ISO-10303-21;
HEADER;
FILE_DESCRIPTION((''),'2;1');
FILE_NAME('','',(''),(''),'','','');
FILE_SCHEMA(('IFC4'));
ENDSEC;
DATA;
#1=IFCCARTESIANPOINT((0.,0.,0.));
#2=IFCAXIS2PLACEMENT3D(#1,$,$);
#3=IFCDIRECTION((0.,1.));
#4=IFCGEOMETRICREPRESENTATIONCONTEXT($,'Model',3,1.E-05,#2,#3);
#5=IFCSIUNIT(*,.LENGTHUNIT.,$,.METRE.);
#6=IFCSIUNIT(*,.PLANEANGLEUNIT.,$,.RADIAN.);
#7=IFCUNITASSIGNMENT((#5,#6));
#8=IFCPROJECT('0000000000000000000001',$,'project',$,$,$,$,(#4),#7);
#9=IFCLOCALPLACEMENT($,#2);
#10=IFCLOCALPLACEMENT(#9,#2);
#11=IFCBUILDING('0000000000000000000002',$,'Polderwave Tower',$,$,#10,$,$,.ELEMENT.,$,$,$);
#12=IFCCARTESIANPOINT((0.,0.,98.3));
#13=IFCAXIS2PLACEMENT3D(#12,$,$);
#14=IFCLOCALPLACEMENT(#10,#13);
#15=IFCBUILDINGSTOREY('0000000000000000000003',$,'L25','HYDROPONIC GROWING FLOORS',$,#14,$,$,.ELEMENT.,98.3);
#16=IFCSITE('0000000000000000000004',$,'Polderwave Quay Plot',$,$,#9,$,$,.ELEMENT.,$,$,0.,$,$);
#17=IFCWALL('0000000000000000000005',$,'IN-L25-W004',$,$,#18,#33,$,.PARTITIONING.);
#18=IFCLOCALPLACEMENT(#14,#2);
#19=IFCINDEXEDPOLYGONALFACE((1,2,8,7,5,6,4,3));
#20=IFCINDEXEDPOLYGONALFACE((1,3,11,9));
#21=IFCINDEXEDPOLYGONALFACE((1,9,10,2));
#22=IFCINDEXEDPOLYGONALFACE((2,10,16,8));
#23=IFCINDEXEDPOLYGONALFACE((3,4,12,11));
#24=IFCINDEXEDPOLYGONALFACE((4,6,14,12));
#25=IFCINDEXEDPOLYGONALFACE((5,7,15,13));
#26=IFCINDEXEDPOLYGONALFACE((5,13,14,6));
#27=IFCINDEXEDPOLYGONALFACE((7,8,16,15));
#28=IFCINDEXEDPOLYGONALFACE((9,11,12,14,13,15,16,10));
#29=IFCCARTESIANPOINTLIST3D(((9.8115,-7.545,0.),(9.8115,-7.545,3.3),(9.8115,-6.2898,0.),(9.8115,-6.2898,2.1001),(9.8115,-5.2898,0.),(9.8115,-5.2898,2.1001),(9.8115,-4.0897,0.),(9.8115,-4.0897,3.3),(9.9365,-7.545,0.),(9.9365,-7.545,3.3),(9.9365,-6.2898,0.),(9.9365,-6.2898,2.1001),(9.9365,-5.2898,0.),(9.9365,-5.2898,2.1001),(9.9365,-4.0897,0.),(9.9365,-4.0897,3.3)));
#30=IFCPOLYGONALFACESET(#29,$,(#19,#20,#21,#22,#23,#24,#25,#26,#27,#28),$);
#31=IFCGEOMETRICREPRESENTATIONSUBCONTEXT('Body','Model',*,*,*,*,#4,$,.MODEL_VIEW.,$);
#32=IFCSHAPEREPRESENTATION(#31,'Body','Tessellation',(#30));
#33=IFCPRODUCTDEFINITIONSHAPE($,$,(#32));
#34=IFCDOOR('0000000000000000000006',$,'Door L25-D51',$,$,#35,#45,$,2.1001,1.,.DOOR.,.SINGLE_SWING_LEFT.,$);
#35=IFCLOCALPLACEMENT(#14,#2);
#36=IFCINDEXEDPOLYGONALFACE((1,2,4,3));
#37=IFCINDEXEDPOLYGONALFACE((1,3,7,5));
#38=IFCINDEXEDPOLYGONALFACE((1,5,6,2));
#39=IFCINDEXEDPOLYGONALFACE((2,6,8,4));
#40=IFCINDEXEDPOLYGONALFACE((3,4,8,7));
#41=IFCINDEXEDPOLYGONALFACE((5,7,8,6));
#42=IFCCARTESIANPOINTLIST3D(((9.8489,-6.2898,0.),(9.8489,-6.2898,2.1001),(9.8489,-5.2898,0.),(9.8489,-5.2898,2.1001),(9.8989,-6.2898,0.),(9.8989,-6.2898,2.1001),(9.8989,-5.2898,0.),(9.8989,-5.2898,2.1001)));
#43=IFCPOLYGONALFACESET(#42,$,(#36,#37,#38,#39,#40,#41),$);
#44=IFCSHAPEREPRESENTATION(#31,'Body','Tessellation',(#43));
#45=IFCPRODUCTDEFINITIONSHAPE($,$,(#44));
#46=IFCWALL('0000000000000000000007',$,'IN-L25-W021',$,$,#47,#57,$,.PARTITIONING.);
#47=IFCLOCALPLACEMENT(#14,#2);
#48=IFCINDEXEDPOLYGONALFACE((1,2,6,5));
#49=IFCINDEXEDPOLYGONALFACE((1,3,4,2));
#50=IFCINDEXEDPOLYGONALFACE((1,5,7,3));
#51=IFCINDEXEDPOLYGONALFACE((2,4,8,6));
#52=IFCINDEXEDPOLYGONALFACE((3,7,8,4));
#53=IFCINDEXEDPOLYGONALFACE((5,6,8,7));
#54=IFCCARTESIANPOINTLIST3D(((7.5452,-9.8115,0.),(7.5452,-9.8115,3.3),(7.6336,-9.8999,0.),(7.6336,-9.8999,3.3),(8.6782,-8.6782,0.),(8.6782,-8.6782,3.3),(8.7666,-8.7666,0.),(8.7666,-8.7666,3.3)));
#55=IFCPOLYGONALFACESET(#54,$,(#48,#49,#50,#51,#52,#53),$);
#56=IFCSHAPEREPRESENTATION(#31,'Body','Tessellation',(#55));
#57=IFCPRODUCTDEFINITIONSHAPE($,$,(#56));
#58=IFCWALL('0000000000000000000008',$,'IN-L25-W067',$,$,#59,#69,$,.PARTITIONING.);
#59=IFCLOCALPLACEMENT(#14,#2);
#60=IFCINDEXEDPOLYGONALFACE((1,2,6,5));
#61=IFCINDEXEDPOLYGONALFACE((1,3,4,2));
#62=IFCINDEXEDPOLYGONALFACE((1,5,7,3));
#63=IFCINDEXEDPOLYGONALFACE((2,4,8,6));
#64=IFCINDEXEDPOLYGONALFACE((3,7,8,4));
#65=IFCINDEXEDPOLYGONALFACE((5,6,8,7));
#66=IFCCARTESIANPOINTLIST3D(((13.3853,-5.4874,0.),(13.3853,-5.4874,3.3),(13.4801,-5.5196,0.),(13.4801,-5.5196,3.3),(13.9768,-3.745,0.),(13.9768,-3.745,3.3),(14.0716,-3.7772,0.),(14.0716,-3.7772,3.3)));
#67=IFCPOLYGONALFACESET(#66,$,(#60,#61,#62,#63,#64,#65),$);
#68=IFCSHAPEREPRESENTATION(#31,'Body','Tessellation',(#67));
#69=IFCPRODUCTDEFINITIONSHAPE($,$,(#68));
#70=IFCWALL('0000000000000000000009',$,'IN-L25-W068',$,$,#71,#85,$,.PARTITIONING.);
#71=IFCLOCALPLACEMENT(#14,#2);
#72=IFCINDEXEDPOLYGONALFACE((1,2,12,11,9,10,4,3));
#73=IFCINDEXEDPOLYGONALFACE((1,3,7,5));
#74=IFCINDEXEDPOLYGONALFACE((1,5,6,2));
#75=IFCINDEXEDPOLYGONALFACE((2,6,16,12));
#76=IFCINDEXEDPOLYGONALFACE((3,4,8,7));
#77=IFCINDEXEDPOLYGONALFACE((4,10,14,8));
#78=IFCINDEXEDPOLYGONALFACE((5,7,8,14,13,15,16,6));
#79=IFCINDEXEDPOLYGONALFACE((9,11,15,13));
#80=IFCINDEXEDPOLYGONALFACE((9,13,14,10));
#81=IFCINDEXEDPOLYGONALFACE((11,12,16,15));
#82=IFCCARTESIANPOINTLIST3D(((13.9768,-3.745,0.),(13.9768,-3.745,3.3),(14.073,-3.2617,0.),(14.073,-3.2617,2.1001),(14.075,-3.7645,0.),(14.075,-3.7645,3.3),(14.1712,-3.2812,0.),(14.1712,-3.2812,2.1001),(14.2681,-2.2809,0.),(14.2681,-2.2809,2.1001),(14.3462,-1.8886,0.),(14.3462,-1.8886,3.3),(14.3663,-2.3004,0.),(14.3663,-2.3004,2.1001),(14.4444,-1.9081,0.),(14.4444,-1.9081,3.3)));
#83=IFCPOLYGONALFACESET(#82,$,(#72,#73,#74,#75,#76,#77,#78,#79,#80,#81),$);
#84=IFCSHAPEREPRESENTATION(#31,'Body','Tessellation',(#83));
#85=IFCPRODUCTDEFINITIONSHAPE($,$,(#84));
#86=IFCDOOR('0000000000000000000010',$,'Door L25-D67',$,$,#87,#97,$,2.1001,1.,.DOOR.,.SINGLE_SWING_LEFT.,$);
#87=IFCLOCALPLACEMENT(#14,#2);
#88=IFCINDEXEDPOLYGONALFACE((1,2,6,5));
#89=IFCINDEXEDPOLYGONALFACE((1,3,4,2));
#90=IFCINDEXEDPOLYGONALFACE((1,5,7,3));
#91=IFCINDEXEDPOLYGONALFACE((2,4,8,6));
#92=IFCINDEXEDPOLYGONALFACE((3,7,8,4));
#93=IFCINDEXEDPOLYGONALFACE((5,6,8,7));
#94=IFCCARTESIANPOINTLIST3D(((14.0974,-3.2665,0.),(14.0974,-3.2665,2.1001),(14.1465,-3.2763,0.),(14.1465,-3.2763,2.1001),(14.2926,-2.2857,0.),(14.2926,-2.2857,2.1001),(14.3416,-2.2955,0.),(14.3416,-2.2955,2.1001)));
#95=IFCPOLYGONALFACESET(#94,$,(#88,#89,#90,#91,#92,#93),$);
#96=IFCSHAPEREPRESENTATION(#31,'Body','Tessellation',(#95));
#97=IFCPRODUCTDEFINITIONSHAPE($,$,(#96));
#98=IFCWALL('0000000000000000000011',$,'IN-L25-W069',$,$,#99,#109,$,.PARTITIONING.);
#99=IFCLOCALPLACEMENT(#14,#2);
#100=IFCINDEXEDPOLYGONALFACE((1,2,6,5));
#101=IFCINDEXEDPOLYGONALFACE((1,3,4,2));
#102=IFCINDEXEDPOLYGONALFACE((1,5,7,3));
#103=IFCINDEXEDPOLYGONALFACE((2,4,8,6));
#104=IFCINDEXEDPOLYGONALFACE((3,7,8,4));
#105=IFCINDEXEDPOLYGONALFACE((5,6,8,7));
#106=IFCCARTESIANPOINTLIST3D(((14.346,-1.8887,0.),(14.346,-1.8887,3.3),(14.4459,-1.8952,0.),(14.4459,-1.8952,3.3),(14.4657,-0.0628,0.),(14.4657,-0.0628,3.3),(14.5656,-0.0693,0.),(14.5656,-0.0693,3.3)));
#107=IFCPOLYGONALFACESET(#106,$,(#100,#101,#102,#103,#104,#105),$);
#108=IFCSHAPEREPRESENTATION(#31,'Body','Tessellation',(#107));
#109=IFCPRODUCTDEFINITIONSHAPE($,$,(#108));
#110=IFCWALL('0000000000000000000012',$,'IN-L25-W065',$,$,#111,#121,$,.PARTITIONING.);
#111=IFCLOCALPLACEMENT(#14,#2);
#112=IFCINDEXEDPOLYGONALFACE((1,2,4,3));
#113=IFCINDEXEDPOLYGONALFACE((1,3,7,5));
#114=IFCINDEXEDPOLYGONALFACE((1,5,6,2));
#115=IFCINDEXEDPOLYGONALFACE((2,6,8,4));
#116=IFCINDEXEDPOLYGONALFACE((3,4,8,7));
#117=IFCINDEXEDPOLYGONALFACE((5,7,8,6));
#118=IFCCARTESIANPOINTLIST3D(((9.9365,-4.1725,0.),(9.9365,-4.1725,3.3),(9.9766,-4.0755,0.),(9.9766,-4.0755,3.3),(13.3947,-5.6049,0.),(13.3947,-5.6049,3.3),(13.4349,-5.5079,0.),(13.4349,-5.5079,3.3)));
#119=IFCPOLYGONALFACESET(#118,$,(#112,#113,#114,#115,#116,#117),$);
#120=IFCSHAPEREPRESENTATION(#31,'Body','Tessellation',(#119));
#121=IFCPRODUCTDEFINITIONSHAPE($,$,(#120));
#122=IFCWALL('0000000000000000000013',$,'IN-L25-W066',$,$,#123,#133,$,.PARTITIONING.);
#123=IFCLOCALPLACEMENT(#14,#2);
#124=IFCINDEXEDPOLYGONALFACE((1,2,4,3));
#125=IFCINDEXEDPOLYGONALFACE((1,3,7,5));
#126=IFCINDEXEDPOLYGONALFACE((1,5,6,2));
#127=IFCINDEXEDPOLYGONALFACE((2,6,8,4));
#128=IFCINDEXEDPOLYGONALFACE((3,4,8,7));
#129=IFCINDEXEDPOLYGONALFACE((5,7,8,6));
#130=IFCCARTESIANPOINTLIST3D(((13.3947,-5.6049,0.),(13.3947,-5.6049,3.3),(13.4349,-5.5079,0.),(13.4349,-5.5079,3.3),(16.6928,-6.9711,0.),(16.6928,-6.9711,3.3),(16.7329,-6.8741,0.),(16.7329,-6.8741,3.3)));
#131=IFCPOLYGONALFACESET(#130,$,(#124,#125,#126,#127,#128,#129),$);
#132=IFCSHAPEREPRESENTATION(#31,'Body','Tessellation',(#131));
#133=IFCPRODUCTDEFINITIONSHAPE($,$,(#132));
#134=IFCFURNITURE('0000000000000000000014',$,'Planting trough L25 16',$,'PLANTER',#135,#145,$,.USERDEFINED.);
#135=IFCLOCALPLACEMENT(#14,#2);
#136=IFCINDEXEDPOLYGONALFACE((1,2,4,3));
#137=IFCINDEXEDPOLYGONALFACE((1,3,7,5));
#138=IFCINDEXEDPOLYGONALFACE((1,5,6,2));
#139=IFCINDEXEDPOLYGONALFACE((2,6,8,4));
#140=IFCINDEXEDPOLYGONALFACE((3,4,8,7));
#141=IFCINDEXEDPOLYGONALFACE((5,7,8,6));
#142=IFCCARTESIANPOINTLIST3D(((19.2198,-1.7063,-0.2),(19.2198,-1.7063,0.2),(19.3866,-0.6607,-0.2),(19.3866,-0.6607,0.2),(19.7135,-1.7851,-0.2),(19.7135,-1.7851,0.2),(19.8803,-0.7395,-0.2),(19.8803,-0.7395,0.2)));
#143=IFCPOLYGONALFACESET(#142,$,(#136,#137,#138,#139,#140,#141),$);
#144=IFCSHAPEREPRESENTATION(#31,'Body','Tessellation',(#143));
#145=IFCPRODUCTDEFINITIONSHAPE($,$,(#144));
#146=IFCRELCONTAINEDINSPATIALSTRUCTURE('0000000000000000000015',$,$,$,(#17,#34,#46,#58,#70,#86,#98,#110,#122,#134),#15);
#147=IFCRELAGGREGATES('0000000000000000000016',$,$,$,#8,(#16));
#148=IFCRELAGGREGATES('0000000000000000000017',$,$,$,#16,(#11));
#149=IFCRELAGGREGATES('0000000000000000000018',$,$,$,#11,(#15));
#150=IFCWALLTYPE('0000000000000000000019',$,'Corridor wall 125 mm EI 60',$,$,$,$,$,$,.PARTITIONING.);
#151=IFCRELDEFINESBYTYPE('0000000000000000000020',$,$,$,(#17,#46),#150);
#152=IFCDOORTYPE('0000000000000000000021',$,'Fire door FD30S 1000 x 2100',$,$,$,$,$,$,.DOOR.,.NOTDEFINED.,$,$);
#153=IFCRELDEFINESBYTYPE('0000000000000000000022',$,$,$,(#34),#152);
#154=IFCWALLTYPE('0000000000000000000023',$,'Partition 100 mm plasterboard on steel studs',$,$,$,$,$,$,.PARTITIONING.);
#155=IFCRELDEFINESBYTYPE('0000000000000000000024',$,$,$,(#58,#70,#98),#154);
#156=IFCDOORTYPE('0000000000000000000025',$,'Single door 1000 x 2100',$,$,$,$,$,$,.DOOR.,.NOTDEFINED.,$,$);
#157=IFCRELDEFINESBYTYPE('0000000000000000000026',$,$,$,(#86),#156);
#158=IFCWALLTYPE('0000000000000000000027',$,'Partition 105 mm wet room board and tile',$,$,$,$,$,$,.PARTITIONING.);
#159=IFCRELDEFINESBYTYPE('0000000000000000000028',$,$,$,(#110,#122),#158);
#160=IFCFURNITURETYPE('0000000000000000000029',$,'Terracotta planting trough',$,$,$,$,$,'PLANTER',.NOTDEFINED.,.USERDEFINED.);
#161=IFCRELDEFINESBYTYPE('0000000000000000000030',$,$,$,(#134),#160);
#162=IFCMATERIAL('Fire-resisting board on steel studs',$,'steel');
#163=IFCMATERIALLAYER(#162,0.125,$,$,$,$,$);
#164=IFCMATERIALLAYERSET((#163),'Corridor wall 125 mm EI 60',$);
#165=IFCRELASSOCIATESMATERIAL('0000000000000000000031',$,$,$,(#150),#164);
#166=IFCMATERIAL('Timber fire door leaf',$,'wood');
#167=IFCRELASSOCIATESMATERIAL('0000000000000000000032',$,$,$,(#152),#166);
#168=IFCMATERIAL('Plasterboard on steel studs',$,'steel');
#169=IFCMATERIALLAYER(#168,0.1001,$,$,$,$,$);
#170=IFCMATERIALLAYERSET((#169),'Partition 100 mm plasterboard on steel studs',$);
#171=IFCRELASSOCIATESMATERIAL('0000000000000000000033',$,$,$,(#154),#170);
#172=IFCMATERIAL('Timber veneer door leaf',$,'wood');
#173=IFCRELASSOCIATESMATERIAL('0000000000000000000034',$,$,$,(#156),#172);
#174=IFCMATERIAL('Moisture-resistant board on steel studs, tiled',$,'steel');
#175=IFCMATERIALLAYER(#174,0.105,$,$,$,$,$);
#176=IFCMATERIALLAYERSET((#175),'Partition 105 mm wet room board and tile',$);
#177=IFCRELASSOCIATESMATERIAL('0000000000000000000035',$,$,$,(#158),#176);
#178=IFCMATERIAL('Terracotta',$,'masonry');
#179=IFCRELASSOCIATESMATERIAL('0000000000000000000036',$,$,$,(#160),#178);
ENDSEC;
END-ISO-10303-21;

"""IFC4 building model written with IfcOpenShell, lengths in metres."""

from ifc_helpers import new_model, si_unit, direction, frame, frame_2d, origin, origin_2d, place, context, subcontext, project, spatial, rectangle, extrude, material, layer, layer_set, type_object, element, fill, save


model = new_model("IFC4")

# Units and contexts
model_context = context("Model", 3, precision=1e-05, world=origin(), true_north=direction((0.0, 1.0)))
body_context = subcontext(model_context, "Body", "Model", "MODEL_VIEW")
ifc_project = project(units=[si_unit("LENGTHUNIT", "METRE"), si_unit("PLANEANGLEUNIT", "RADIAN")], contexts=[model_context])

# Site, building, storey
site_placement = place(None, origin())
site = spatial("IfcSite", under=ifc_project, at=site_placement, Name="Polderwave Quay Plot", CompositionType="ELEMENT", RefElevation=0.0)
building_placement = place(site_placement, origin())
building = spatial("IfcBuilding", under=site, at=building_placement, Name="Polderwave Tower", CompositionType="ELEMENT")
storey_placement = place(building_placement, frame((0.0, 0.0, 98.3)))
storey = spatial("IfcBuildingStorey", under=building, at=storey_placement, Name="L25", Description="HYDROPONIC GROWING FLOORS", CompositionType="ELEMENT", Elevation=98.3)

# Shared definitions
ifc_material_1 = material(Name="Fire-resisting board on steel studs", Category="steel")
ifc_layer_1 = layer(ifc_material_1, 0.125)
ifc_layer_set_1 = layer_set([ifc_layer_1], Name="Corridor wall 125 mm EI 60")
wall_type_1 = type_object("IfcWallType", Name="Corridor wall 125 mm EI 60", PredefinedType="PARTITIONING", material=ifc_layer_set_1)

# Wall, opening, door
wall_1_placement = place(storey_placement, frame((9.874, -4.0898, 0.0), z_axis=(0.0, 0.0, 1.0), x_axis=(0.0, -1.0, 0.0)))
wall_1 = element("IfcWall", 1, at=wall_1_placement, inside=storey, type_object=wall_type_1, Name="IN-L25-W004", PredefinedType="PARTITIONING", context=body_context, shape_type="SweptSolid", body=[
    extrude(rectangle(XDim=3.4553, YDim=0.125, at=frame_2d((1.7275, 0.0))), origin(), (0.0, 0.0, 1.0), 3.3),
])
opening_1_placement = place(wall_1_placement, frame((1.2, 0.0, 0.0)))
opening_1 = element("IfcOpeningElement", 2, at=opening_1_placement, cuts=wall_1, PredefinedType="OPENING", context=body_context, shape_type="SweptSolid", body=[
    extrude(rectangle(XDim=1.0, YDim=2.1001, at=frame_2d((0.5, 1.05))), frame((0.0, 0.0725, 0.0), z_axis=(0.0, -1.0, 0.0), x_axis=(1.0, 0.0, 0.0)), (0.0, 0.0, 1.0), 0.145),
])
ifc_material_2 = material(Name="Timber fire door leaf", Category="wood")
door_type_1 = type_object("IfcDoorType", Name="Fire door FD30S 1000 x 2100", OperationType="NOTDEFINED", PredefinedType="DOOR", material=ifc_material_2)
door_1_placement = place(opening_1_placement, origin())
door_1 = element("IfcDoor", 3, at=door_1_placement, inside=storey, type_object=door_type_1, Name="Door L25-D51", OperationType="SINGLE_SWING_LEFT", OverallHeight=2.1001, OverallWidth=1.0, PredefinedType="DOOR", context=body_context, shape_type="SweptSolid", body=[
    extrude(rectangle(XDim=1.0, YDim=2.1001, at=frame_2d((0.5, 1.05))), frame((0.0, 0.0249, 0.0), z_axis=(0.0, -1.0, 0.0), x_axis=(1.0, 0.0, 0.0)), (0.0, 0.0, 1.0), 0.05),
])
fill(opening_1, door_1)

# Walls
wall_2_placement = place(storey_placement, frame((8.7224, -8.7224, 0.0), z_axis=(0.0, 0.0, 1.0), x_axis=(-0.707031, -0.707183, 0.0)))
element("IfcWall", 4, at=wall_2_placement, inside=storey, type_object=wall_type_1, Name="IN-L25-W021", PredefinedType="PARTITIONING", context=body_context, shape_type="SweptSolid", body=[
    extrude(rectangle(XDim=1.6025, YDim=0.125, at=frame_2d((0.8013, 0.0))), origin(), (0.0, 0.0, 1.0), 3.3),
])
ifc_material_3 = material(Name="Plasterboard on steel studs", Category="steel")
ifc_layer_2 = layer(ifc_material_3, 0.1001)
ifc_layer_set_2 = layer_set([ifc_layer_2], Name="Partition 100 mm plasterboard on steel studs")
wall_type_2 = type_object("IfcWallType", Name="Partition 100 mm plasterboard on steel studs", PredefinedType="PARTITIONING", material=ifc_layer_set_2)
wall_3_placement = place(storey_placement, frame((14.0242, -3.7612, 0.0), z_axis=(0.0, 0.0, 1.0), x_axis=(-0.321477, -0.946917, 0.0)))
element("IfcWall", 5, at=wall_3_placement, inside=storey, type_object=wall_type_2, Name="IN-L25-W067", PredefinedType="PARTITIONING", context=body_context, shape_type="SweptSolid", body=[
    extrude(rectangle(XDim=1.8401, YDim=0.1001, at=frame_2d((0.9199, 0.0))), origin(), (0.0, 0.0, 1.0), 3.3),
])

# Wall, opening, door
wall_4_placement = place(storey_placement, frame((14.3953, -1.8984, 0.0), z_axis=(0.0, 0.0, 1.0), x_axis=(-0.195149, -0.980774, 0.0)))
wall_4 = element("IfcWall", 6, at=wall_4_placement, inside=storey, type_object=wall_type_2, Name="IN-L25-W068", PredefinedType="PARTITIONING", context=body_context, shape_type="SweptSolid", body=[
    extrude(rectangle(XDim=1.8928, YDim=0.1001, at=frame_2d((0.9463, 0.0))), origin(), (0.0, 0.0, 1.0), 3.3),
])
opening_2_placement = place(wall_4_placement, frame((0.3999, 0.0, 0.0)))
opening_2 = element("IfcOpeningElement", 7, at=opening_2_placement, cuts=wall_4, PredefinedType="OPENING", context=body_context, shape_type="SweptSolid", body=[
    extrude(rectangle(XDim=1.0, YDim=2.1001, at=frame_2d((0.5, 1.05))), frame((0.0, 0.0601, 0.0), z_axis=(0.0, -1.0, 0.0), x_axis=(1.0, 0.0, 0.0)), (0.0, 0.0, 1.0), 0.1201),
])
ifc_material_4 = material(Name="Timber veneer door leaf", Category="wood")
door_type_2 = type_object("IfcDoorType", Name="Single door 1000 x 2100", OperationType="NOTDEFINED", PredefinedType="DOOR", material=ifc_material_4)
door_2_placement = place(opening_2_placement, origin())
door_2 = element("IfcDoor", 8, at=door_2_placement, inside=storey, type_object=door_type_2, Name="Door L25-D67", OperationType="SINGLE_SWING_LEFT", OverallHeight=2.1001, OverallWidth=1.0, PredefinedType="DOOR", context=body_context, shape_type="SweptSolid", body=[
    extrude(rectangle(XDim=1.0, YDim=2.1001, at=frame_2d((0.5, 1.05))), frame((0.0, 0.0249, 0.0), z_axis=(0.0, -1.0, 0.0), x_axis=(1.0, 0.0, 0.0)), (0.0, 0.0, 1.0), 0.05),
])
fill(opening_2, door_2)

# Walls
wall_5_placement = place(storey_placement, frame((14.5156, -0.0659, 0.0), z_axis=(0.0, 0.0, 1.0), x_axis=(-0.065377, -0.997861, 0.0)))
element("IfcWall", 9, at=wall_5_placement, inside=storey, type_object=wall_type_2, Name="IN-L25-W069", PredefinedType="PARTITIONING", context=body_context, shape_type="SweptSolid", body=[
    extrude(rectangle(XDim=1.8298, YDim=0.1001, at=frame_2d((0.915, 0.0))), origin(), (0.0, 0.0, 1.0), 3.3),
])
ifc_material_5 = material(Name="Moisture-resistant board on steel studs, tiled", Category="steel")
ifc_layer_3 = layer(ifc_material_5, 0.105)
ifc_layer_set_3 = layer_set([ifc_layer_3], Name="Partition 105 mm wet room board and tile")
wall_type_3 = type_object("IfcWallType", Name="Partition 105 mm wet room board and tile", PredefinedType="PARTITIONING", material=ifc_layer_set_3)
wall_6_placement = place(storey_placement, frame((9.9565, -4.124, 0.0), z_axis=(0.0, 0.0, 1.0), x_axis=(0.923887, -0.382665, 0.0)))
element("IfcWall", 10, at=wall_6_placement, inside=storey, type_object=wall_type_3, Name="IN-L25-W065", PredefinedType="PARTITIONING", context=body_context, shape_type="SweptSolid", body=[
    extrude(rectangle(XDim=3.7432, YDim=0.105, at=frame_2d((1.8716, 0.0))), origin(), (0.0, 0.0, 1.0), 3.3),
])
wall_7_placement = place(storey_placement, frame((13.4148, -5.5564, 0.0), z_axis=(0.0, 0.0, 1.0), x_axis=(0.92387, -0.382706, 0.0)))
element("IfcWall", 11, at=wall_7_placement, inside=storey, type_object=wall_type_3, Name="IN-L25-W066", PredefinedType="PARTITIONING", context=body_context, shape_type="SweptSolid", body=[
    extrude(rectangle(XDim=3.5698, YDim=0.105, at=frame_2d((1.7849, 0.0))), origin(), (0.0, 0.0, 1.0), 3.3),
])

# Furniture
ifc_material_6 = material(Name="Terracotta", Category="masonry")
furniture_type = type_object("IfcFurnitureType", Name="Terracotta planting trough", ElementType="PLANTER", AssemblyPlace="NOTDEFINED", PredefinedType="USERDEFINED", material=ifc_material_6)
furniture_placement = place(storey_placement, frame((19.55, -1.2229, -0.2), z_axis=(0.0, 0.0, 1.0), x_axis=(0.157517, 0.987516, 0.0)))
element("IfcFurniture", 12, at=furniture_placement, inside=storey, type_object=furniture_type, Name="Planting trough L25 16", ObjectType="PLANTER", PredefinedType="USERDEFINED", context=body_context, shape_type="SweptSolid", body=[
    extrude(rectangle(XDim=1.0588, YDim=0.5, at=origin_2d()), origin(), (0.0, 0.0, 1.0), 0.3999),
])

save(model, "model.ifc")
